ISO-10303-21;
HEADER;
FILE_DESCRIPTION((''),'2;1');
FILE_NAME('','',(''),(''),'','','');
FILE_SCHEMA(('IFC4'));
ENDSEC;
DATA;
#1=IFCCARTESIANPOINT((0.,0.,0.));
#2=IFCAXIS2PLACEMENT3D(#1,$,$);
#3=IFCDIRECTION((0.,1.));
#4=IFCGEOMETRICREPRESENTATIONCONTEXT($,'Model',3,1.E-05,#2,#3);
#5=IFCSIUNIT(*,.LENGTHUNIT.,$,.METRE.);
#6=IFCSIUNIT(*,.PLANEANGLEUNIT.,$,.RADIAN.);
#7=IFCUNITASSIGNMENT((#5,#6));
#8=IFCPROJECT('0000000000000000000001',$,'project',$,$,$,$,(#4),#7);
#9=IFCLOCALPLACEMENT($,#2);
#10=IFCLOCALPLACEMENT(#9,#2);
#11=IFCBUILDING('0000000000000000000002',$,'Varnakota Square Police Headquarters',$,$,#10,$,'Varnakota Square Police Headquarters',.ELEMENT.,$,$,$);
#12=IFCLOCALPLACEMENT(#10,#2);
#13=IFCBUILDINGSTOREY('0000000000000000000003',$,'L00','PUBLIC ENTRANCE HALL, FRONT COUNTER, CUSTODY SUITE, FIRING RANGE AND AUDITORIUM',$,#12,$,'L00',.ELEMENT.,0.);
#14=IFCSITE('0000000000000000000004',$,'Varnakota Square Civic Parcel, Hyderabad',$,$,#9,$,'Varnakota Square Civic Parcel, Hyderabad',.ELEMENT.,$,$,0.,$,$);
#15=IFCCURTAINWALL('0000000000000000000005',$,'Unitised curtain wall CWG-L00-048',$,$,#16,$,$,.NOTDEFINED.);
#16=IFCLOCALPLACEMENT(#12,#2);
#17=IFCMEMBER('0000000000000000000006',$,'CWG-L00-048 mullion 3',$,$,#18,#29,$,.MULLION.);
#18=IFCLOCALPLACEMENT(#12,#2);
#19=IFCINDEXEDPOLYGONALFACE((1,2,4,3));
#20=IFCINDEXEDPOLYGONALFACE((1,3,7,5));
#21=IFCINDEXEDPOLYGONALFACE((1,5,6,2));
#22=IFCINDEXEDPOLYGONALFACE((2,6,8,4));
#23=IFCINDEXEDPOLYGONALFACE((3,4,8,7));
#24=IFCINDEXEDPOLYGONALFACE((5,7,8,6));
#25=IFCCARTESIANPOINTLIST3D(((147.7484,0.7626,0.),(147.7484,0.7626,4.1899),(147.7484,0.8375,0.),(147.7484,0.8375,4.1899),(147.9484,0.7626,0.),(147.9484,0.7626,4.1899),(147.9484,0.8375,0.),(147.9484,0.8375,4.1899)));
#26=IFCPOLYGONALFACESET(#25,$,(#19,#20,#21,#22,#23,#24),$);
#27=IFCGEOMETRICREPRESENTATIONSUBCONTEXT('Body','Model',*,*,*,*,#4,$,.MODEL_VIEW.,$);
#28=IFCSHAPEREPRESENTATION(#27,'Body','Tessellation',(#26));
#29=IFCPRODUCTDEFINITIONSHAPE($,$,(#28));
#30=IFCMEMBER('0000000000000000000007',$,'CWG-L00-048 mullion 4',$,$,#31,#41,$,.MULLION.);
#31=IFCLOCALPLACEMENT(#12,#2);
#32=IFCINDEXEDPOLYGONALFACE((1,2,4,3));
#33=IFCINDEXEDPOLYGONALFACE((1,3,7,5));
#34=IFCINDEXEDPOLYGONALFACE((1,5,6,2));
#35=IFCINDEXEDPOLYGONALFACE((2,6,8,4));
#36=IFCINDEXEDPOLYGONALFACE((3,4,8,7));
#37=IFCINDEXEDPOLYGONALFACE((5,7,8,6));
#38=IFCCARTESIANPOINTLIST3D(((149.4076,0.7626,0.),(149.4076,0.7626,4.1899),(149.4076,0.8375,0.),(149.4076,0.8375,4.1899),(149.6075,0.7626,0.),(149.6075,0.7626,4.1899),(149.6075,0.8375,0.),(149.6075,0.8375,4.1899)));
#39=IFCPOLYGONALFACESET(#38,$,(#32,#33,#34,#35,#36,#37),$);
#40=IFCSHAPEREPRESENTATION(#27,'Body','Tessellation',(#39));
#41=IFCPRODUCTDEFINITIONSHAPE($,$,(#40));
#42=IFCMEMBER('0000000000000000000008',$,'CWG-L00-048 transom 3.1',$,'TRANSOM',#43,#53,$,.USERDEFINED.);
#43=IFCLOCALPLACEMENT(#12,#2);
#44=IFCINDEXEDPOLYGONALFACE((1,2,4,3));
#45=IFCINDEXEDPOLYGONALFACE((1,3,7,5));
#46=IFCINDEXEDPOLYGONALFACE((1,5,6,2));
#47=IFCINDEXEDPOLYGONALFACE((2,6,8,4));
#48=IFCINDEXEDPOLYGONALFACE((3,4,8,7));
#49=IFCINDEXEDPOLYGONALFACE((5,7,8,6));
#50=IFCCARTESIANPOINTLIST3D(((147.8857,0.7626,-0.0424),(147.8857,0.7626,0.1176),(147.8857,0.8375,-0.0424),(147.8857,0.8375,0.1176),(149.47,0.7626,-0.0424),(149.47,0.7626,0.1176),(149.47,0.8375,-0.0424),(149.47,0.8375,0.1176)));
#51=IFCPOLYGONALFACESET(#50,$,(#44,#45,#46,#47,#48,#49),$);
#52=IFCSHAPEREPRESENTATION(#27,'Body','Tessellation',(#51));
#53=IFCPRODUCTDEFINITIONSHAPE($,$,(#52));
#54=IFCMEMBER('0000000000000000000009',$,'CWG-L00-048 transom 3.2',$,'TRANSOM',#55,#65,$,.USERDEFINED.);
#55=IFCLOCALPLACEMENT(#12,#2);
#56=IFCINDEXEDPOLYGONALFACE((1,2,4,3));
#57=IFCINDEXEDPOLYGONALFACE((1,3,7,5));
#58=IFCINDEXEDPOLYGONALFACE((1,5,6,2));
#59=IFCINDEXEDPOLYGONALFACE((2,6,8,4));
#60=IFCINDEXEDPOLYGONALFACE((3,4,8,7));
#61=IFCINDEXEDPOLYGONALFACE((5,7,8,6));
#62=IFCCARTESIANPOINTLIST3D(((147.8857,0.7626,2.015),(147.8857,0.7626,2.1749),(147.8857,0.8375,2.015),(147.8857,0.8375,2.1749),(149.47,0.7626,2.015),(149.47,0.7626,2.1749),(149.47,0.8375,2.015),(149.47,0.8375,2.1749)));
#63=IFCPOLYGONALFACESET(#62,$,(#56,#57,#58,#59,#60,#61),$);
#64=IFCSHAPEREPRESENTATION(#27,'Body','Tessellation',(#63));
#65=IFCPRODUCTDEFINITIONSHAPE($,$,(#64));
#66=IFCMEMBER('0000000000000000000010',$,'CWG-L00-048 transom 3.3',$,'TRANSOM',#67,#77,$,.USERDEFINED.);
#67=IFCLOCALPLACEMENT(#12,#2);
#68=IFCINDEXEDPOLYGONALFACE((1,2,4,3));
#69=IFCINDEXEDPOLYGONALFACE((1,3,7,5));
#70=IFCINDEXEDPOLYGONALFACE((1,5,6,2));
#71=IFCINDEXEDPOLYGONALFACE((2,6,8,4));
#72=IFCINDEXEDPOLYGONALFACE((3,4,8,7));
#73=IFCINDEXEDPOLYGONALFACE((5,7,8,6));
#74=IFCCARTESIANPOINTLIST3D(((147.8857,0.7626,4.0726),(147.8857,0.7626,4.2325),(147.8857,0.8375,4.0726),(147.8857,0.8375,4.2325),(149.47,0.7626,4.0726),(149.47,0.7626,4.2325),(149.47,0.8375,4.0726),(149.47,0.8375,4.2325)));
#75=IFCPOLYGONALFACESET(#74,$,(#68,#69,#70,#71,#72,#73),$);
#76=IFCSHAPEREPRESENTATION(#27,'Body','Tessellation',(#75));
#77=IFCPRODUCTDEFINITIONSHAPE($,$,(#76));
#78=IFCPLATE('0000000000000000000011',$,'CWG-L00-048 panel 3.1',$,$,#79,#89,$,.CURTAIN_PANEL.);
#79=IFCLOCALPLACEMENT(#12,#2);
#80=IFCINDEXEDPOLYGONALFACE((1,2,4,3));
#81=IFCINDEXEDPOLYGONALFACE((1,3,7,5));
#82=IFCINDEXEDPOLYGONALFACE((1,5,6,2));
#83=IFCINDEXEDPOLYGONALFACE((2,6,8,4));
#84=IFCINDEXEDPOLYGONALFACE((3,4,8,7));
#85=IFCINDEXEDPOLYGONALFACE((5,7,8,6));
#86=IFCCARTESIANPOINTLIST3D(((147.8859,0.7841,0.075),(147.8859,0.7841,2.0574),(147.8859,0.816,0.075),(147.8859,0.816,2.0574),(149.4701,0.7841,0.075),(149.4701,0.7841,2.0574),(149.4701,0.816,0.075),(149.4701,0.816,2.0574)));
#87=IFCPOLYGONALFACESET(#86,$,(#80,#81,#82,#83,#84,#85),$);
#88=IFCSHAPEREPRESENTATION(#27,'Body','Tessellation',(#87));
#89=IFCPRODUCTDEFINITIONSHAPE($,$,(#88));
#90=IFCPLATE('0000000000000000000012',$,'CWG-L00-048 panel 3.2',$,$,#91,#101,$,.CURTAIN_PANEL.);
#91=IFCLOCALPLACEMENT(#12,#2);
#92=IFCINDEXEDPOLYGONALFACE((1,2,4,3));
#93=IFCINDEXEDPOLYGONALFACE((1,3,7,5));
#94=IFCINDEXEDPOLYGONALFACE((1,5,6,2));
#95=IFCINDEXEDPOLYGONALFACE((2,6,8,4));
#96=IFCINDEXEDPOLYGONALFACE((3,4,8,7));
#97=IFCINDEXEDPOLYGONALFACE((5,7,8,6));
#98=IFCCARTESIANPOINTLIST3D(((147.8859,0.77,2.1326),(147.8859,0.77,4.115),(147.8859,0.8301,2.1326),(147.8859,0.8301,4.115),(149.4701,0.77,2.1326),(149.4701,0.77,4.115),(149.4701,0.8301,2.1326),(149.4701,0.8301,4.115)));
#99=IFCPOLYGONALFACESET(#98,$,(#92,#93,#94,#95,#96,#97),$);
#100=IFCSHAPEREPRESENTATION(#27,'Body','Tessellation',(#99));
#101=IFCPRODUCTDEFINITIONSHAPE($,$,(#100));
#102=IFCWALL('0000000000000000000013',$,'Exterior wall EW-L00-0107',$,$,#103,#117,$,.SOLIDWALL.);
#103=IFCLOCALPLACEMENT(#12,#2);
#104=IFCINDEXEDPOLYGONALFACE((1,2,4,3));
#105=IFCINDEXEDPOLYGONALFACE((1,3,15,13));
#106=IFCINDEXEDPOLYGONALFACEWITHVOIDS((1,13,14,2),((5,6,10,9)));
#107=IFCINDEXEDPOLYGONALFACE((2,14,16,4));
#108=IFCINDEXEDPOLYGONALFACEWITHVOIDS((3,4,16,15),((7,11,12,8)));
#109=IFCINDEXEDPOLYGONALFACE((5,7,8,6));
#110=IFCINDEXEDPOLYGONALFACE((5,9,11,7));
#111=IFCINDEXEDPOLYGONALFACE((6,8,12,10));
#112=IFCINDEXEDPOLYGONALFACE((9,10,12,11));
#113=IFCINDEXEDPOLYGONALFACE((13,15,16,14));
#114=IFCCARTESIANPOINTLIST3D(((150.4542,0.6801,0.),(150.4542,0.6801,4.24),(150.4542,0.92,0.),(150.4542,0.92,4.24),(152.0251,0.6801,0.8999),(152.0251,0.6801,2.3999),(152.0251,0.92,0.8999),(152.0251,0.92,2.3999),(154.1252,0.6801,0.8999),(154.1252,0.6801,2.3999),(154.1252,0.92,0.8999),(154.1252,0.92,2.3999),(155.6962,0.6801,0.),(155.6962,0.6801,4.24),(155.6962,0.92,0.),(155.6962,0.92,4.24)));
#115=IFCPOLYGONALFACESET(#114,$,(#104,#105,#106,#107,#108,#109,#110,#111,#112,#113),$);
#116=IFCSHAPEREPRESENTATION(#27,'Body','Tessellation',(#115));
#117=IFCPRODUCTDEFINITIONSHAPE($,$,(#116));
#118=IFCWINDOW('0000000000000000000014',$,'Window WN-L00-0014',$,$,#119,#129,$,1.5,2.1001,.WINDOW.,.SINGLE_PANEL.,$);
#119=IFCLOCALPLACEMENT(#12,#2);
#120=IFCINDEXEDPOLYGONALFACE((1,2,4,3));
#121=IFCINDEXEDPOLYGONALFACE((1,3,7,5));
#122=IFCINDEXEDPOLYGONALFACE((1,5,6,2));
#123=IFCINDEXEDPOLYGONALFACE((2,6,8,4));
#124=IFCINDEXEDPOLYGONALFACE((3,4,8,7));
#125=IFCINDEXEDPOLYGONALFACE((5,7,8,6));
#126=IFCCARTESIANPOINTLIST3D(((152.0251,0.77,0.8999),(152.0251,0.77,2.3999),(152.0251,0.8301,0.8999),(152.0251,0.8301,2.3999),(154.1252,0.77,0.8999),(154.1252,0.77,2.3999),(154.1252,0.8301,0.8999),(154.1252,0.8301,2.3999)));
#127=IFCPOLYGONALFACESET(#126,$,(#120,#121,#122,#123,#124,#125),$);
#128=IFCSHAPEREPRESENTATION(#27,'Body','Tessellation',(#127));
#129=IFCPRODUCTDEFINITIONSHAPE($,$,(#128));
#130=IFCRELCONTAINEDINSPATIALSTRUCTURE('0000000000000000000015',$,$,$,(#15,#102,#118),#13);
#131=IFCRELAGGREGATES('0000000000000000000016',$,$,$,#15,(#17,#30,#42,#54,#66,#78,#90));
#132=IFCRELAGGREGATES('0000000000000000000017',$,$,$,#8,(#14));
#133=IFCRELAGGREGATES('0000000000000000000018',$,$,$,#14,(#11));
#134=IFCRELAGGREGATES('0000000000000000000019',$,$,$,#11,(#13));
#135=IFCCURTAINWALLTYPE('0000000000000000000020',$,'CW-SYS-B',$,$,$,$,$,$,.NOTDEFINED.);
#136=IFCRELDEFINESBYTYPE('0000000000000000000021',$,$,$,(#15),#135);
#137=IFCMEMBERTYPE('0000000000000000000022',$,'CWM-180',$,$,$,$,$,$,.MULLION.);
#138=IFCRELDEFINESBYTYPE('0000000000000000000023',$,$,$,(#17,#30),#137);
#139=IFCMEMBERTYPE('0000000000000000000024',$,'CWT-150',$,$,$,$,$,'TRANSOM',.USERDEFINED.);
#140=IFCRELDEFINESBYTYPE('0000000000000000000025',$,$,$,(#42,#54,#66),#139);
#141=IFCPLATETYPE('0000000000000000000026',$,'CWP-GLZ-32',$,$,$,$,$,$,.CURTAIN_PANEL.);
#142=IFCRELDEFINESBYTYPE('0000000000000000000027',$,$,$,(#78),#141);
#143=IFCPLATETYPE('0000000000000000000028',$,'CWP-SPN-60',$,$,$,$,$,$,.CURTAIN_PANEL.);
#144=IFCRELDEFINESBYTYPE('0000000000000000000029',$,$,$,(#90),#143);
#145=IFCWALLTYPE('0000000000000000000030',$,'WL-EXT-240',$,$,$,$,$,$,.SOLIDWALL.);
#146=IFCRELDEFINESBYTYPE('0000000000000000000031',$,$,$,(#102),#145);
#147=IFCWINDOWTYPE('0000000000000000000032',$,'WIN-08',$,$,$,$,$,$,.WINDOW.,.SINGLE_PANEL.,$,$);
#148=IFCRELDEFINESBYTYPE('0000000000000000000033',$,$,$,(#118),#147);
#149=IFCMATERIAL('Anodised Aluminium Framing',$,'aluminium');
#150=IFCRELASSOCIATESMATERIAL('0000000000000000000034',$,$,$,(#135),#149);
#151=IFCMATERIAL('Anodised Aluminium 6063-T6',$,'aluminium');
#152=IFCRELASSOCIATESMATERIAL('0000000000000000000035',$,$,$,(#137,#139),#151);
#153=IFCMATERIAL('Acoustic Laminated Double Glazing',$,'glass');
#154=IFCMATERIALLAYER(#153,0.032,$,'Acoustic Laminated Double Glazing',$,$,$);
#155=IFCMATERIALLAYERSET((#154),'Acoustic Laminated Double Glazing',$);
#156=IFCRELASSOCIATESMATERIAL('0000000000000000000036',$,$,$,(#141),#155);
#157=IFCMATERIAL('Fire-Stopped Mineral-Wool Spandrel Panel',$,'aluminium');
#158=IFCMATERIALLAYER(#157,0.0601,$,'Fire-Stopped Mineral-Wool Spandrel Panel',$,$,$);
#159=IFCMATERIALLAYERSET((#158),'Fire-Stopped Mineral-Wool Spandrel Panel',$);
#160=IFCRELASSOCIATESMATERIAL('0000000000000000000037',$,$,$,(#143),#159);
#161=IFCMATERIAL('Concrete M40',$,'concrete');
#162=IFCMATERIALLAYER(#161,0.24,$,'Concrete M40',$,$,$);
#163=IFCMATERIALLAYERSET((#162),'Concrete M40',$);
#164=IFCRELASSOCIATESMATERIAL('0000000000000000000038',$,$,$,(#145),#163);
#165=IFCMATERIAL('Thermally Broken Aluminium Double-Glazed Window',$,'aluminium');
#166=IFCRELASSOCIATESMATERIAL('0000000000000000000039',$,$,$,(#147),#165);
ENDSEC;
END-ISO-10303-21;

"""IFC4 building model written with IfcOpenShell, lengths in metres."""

from ifc_helpers import new_model, si_unit, direction, frame, frame_2d, origin, origin_2d, place, context, subcontext, project, spatial, rectangle, extrude, material, layer, layer_set, material_profile, profile_set, type_object, element, fill, aggregate, save


model = new_model("IFC4")

# Units and contexts
model_context = context("Model", 3, precision=1e-05, world=origin(), true_north=direction((0.0, 1.0)))
body_context = subcontext(model_context, "Body", "Model", "MODEL_VIEW")
ifc_project = project(units=[si_unit("LENGTHUNIT", "METRE"), si_unit("PLANEANGLEUNIT", "RADIAN")], contexts=[model_context])

# Site, building, storey
site_placement = place(None, origin())
site = spatial("IfcSite", under=ifc_project, at=site_placement, Name="Varnakota Square Civic Parcel, Hyderabad", LongName="Varnakota Square Civic Parcel, Hyderabad", CompositionType="ELEMENT", RefElevation=0.0)
building_placement = place(site_placement, origin())
building = spatial("IfcBuilding", under=site, at=building_placement, Name="Varnakota Square Police Headquarters", LongName="Varnakota Square Police Headquarters", CompositionType="ELEMENT")
storey_placement = place(building_placement, origin())
storey = spatial("IfcBuildingStorey", under=building, at=storey_placement, Name="L00", Description="PUBLIC ENTRANCE HALL, FRONT COUNTER, CUSTODY SUITE, FIRING RANGE AND AUDITORIUM", LongName="L00", CompositionType="ELEMENT", Elevation=0.0)

# Curtain wall, members, plates
ifc_material_1 = material(Name="Anodised Aluminium Framing", Category="aluminium")
curtain_wall_type = type_object("IfcCurtainWallType", Name="CW-SYS-B", PredefinedType="NOTDEFINED", material=ifc_material_1)
curtain_wall_placement = place(storey_placement, origin())
curtain_wall = element("IfcCurtainWall", 1, at=curtain_wall_placement, inside=storey, type_object=curtain_wall_type, Name="Unitised curtain wall CWG-L00-048", PredefinedType="NOTDEFINED")
ifc_material_2 = material(Name="Anodised Aluminium 6063-T6", Category="aluminium")
ifc_material_profile_1 = material_profile(ifc_material_2, rectangle(XDim=0.075, YDim=0.2, at=origin_2d()), Name="ALU MULLION 75x200")
ifc_profile_set_1 = profile_set([ifc_material_profile_1], Name="Anodised Aluminium 6063-T6")
member_type_1 = type_object("IfcMemberType", Name="CWM-180", PredefinedType="MULLION", material=ifc_profile_set_1)
member_1_placement = place(storey_placement, frame((147.8484, 0.8, 0.0), z_axis=(0.0, 0.0, 1.0), x_axis=(0.0, 1.0, 0.0)))
member_1 = element("IfcMember", 2, at=member_1_placement, type_object=member_type_1, Name="CWG-L00-048 mullion 3", PredefinedType="MULLION", context=body_context, shape_type="SweptSolid", body=[
    extrude(rectangle(XDim=0.075, YDim=0.2, at=origin_2d()), origin(), (0.0, 0.0, 1.0), 4.1899),
])
member_2_placement = place(storey_placement, frame((149.5076, 0.8, 0.0), z_axis=(0.0, 0.0, 1.0), x_axis=(0.0, 1.0, 0.0)))
member_2 = element("IfcMember", 3, at=member_2_placement, type_object=member_type_1, Name="CWG-L00-048 mullion 4", PredefinedType="MULLION", context=body_context, shape_type="SweptSolid", body=[
    extrude(rectangle(XDim=0.075, YDim=0.2, at=origin_2d()), origin(), (0.0, 0.0, 1.0), 4.1899),
])
ifc_material_profile_2 = material_profile(ifc_material_2, rectangle(XDim=0.075, YDim=0.1599, at=origin_2d()), Name="ALU TRANSOM 75x160")
ifc_profile_set_2 = profile_set([ifc_material_profile_2], Name="Anodised Aluminium 6063-T6")
member_type_2 = type_object("IfcMemberType", Name="CWT-150", ElementType="TRANSOM", PredefinedType="USERDEFINED", material=ifc_profile_set_2)
member_3_placement = place(storey_placement, frame((147.8857, 0.8, 0.0376), z_axis=(1.0, 0.0, 0.0), x_axis=(0.0, 1.0, 0.0)))
member_3 = element("IfcMember", 4, at=member_3_placement, type_object=member_type_2, Name="CWG-L00-048 transom 3.1", ObjectType="TRANSOM", PredefinedType="USERDEFINED", context=body_context, shape_type="SweptSolid", body=[
    extrude(rectangle(XDim=0.075, YDim=0.1599, at=origin_2d()), origin(), (0.0, 0.0, 1.0), 1.5842),
])
member_4_placement = place(storey_placement, frame((147.8857, 0.8, 2.095), z_axis=(1.0, 0.0, 0.0), x_axis=(0.0, 1.0, 0.0)))
member_4 = element("IfcMember", 5, at=member_4_placement, type_object=member_type_2, Name="CWG-L00-048 transom 3.2", ObjectType="TRANSOM", PredefinedType="USERDEFINED", context=body_context, shape_type="SweptSolid", body=[
    extrude(rectangle(XDim=0.075, YDim=0.1599, at=origin_2d()), origin(), (0.0, 0.0, 1.0), 1.5842),
])
member_5_placement = place(storey_placement, frame((147.8857, 0.8, 4.1526), z_axis=(1.0, 0.0, 0.0), x_axis=(0.0, 1.0, 0.0)))
member_5 = element("IfcMember", 6, at=member_5_placement, type_object=member_type_2, Name="CWG-L00-048 transom 3.3", ObjectType="TRANSOM", PredefinedType="USERDEFINED", context=body_context, shape_type="SweptSolid", body=[
    extrude(rectangle(XDim=0.075, YDim=0.1599, at=origin_2d()), origin(), (0.0, 0.0, 1.0), 1.5842),
])
ifc_material_3 = material(Name="Acoustic Laminated Double Glazing", Category="glass")
ifc_layer_1 = layer(ifc_material_3, 0.032, Name="Acoustic Laminated Double Glazing")
ifc_layer_set_1 = layer_set([ifc_layer_1], Name="Acoustic Laminated Double Glazing")
plate_type_1 = type_object("IfcPlateType", Name="CWP-GLZ-32", PredefinedType="CURTAIN_PANEL", material=ifc_layer_set_1)
plate_1_placement = place(storey_placement, frame((148.678, 0.8, 0.075), z_axis=(0.0, 0.0, 1.0), x_axis=(1.0, 0.0, 0.0)))
plate_1 = element("IfcPlate", 7, at=plate_1_placement, type_object=plate_type_1, Name="CWG-L00-048 panel 3.1", PredefinedType="CURTAIN_PANEL", context=body_context, shape_type="SweptSolid", body=[
    extrude(rectangle(XDim=1.5842, YDim=0.032, at=origin_2d()), origin(), (0.0, 0.0, 1.0), 1.9824),
])
ifc_material_4 = material(Name="Fire-Stopped Mineral-Wool Spandrel Panel", Category="aluminium")
ifc_layer_2 = layer(ifc_material_4, 0.0601, Name="Fire-Stopped Mineral-Wool Spandrel Panel")
ifc_layer_set_2 = layer_set([ifc_layer_2], Name="Fire-Stopped Mineral-Wool Spandrel Panel")
plate_type_2 = type_object("IfcPlateType", Name="CWP-SPN-60", PredefinedType="CURTAIN_PANEL", material=ifc_layer_set_2)
plate_2_placement = place(storey_placement, frame((148.678, 0.8, 2.1326), z_axis=(0.0, 0.0, 1.0), x_axis=(1.0, 0.0, 0.0)))
plate_2 = element("IfcPlate", 8, at=plate_2_placement, type_object=plate_type_2, Name="CWG-L00-048 panel 3.2", PredefinedType="CURTAIN_PANEL", context=body_context, shape_type="SweptSolid", body=[
    extrude(rectangle(XDim=1.5842, YDim=0.0601, at=origin_2d()), origin(), (0.0, 0.0, 1.0), 1.9824),
])
aggregate(curtain_wall, [member_1, member_2, member_3, member_4, member_5, plate_1, plate_2])

# Wall, opening, window
ifc_material_5 = material(Name="Concrete M40", Category="concrete")
ifc_layer_3 = layer(ifc_material_5, 0.24, Name="Concrete M40")
ifc_layer_set_3 = layer_set([ifc_layer_3], Name="Concrete M40")
wall_type_1 = type_object("IfcWallType", Name="WL-EXT-240", PredefinedType="SOLIDWALL", material=ifc_layer_set_3)
wall_1_placement = place(storey_placement, frame((150.4541, 0.8, 0.0), z_axis=(0.0, 0.0, 1.0), x_axis=(1.0, 0.0, 0.0)))
wall_1 = element("IfcWall", 9, at=wall_1_placement, inside=storey, type_object=wall_type_1, Name="Exterior wall EW-L00-0107", PredefinedType="SOLIDWALL", context=body_context, shape_type="SweptSolid", body=[
    extrude(rectangle(XDim=5.2419, YDim=0.24, at=frame_2d((2.6211, 0.0))), origin(), (0.0, 0.0, 1.0), 4.24),
])
opening_1_placement = place(wall_1_placement, frame((1.571, 0.0, 0.8999)))
opening_1 = element("IfcOpeningElement", 10, at=opening_1_placement, cuts=wall_1, PredefinedType="OPENING", context=body_context, shape_type="SweptSolid", body=[
    extrude(rectangle(XDim=2.1001, YDim=1.5, at=frame_2d((1.05, 0.75))), frame((0.0, 0.1299, 0.0), z_axis=(0.0, -1.0, 0.0), x_axis=(1.0, 0.0, 0.0)), (0.0, 0.0, 1.0), 0.26),
])
ifc_material_6 = material(Name="Thermally Broken Aluminium Double-Glazed Window", Category="aluminium")
window_type_1 = type_object("IfcWindowType", Name="WIN-08", PartitioningType="SINGLE_PANEL", PredefinedType="WINDOW", material=ifc_material_6)
window_1_placement = place(opening_1_placement, origin())
window_1 = element("IfcWindow", 11, at=window_1_placement, inside=storey, type_object=window_type_1, Name="Window WN-L00-0014", OverallHeight=1.5, OverallWidth=2.1001, PartitioningType="SINGLE_PANEL", PredefinedType="WINDOW", context=body_context, shape_type="SweptSolid", body=[
    extrude(rectangle(XDim=2.1001, YDim=1.5, at=frame_2d((1.05, 0.75))), frame((0.0, 0.03, 0.0), z_axis=(0.0, -1.0, 0.0), x_axis=(1.0, 0.0, 0.0)), (0.0, 0.0, 1.0), 0.0601),
])
fill(opening_1, window_1)

save(model, "model.ifc")
